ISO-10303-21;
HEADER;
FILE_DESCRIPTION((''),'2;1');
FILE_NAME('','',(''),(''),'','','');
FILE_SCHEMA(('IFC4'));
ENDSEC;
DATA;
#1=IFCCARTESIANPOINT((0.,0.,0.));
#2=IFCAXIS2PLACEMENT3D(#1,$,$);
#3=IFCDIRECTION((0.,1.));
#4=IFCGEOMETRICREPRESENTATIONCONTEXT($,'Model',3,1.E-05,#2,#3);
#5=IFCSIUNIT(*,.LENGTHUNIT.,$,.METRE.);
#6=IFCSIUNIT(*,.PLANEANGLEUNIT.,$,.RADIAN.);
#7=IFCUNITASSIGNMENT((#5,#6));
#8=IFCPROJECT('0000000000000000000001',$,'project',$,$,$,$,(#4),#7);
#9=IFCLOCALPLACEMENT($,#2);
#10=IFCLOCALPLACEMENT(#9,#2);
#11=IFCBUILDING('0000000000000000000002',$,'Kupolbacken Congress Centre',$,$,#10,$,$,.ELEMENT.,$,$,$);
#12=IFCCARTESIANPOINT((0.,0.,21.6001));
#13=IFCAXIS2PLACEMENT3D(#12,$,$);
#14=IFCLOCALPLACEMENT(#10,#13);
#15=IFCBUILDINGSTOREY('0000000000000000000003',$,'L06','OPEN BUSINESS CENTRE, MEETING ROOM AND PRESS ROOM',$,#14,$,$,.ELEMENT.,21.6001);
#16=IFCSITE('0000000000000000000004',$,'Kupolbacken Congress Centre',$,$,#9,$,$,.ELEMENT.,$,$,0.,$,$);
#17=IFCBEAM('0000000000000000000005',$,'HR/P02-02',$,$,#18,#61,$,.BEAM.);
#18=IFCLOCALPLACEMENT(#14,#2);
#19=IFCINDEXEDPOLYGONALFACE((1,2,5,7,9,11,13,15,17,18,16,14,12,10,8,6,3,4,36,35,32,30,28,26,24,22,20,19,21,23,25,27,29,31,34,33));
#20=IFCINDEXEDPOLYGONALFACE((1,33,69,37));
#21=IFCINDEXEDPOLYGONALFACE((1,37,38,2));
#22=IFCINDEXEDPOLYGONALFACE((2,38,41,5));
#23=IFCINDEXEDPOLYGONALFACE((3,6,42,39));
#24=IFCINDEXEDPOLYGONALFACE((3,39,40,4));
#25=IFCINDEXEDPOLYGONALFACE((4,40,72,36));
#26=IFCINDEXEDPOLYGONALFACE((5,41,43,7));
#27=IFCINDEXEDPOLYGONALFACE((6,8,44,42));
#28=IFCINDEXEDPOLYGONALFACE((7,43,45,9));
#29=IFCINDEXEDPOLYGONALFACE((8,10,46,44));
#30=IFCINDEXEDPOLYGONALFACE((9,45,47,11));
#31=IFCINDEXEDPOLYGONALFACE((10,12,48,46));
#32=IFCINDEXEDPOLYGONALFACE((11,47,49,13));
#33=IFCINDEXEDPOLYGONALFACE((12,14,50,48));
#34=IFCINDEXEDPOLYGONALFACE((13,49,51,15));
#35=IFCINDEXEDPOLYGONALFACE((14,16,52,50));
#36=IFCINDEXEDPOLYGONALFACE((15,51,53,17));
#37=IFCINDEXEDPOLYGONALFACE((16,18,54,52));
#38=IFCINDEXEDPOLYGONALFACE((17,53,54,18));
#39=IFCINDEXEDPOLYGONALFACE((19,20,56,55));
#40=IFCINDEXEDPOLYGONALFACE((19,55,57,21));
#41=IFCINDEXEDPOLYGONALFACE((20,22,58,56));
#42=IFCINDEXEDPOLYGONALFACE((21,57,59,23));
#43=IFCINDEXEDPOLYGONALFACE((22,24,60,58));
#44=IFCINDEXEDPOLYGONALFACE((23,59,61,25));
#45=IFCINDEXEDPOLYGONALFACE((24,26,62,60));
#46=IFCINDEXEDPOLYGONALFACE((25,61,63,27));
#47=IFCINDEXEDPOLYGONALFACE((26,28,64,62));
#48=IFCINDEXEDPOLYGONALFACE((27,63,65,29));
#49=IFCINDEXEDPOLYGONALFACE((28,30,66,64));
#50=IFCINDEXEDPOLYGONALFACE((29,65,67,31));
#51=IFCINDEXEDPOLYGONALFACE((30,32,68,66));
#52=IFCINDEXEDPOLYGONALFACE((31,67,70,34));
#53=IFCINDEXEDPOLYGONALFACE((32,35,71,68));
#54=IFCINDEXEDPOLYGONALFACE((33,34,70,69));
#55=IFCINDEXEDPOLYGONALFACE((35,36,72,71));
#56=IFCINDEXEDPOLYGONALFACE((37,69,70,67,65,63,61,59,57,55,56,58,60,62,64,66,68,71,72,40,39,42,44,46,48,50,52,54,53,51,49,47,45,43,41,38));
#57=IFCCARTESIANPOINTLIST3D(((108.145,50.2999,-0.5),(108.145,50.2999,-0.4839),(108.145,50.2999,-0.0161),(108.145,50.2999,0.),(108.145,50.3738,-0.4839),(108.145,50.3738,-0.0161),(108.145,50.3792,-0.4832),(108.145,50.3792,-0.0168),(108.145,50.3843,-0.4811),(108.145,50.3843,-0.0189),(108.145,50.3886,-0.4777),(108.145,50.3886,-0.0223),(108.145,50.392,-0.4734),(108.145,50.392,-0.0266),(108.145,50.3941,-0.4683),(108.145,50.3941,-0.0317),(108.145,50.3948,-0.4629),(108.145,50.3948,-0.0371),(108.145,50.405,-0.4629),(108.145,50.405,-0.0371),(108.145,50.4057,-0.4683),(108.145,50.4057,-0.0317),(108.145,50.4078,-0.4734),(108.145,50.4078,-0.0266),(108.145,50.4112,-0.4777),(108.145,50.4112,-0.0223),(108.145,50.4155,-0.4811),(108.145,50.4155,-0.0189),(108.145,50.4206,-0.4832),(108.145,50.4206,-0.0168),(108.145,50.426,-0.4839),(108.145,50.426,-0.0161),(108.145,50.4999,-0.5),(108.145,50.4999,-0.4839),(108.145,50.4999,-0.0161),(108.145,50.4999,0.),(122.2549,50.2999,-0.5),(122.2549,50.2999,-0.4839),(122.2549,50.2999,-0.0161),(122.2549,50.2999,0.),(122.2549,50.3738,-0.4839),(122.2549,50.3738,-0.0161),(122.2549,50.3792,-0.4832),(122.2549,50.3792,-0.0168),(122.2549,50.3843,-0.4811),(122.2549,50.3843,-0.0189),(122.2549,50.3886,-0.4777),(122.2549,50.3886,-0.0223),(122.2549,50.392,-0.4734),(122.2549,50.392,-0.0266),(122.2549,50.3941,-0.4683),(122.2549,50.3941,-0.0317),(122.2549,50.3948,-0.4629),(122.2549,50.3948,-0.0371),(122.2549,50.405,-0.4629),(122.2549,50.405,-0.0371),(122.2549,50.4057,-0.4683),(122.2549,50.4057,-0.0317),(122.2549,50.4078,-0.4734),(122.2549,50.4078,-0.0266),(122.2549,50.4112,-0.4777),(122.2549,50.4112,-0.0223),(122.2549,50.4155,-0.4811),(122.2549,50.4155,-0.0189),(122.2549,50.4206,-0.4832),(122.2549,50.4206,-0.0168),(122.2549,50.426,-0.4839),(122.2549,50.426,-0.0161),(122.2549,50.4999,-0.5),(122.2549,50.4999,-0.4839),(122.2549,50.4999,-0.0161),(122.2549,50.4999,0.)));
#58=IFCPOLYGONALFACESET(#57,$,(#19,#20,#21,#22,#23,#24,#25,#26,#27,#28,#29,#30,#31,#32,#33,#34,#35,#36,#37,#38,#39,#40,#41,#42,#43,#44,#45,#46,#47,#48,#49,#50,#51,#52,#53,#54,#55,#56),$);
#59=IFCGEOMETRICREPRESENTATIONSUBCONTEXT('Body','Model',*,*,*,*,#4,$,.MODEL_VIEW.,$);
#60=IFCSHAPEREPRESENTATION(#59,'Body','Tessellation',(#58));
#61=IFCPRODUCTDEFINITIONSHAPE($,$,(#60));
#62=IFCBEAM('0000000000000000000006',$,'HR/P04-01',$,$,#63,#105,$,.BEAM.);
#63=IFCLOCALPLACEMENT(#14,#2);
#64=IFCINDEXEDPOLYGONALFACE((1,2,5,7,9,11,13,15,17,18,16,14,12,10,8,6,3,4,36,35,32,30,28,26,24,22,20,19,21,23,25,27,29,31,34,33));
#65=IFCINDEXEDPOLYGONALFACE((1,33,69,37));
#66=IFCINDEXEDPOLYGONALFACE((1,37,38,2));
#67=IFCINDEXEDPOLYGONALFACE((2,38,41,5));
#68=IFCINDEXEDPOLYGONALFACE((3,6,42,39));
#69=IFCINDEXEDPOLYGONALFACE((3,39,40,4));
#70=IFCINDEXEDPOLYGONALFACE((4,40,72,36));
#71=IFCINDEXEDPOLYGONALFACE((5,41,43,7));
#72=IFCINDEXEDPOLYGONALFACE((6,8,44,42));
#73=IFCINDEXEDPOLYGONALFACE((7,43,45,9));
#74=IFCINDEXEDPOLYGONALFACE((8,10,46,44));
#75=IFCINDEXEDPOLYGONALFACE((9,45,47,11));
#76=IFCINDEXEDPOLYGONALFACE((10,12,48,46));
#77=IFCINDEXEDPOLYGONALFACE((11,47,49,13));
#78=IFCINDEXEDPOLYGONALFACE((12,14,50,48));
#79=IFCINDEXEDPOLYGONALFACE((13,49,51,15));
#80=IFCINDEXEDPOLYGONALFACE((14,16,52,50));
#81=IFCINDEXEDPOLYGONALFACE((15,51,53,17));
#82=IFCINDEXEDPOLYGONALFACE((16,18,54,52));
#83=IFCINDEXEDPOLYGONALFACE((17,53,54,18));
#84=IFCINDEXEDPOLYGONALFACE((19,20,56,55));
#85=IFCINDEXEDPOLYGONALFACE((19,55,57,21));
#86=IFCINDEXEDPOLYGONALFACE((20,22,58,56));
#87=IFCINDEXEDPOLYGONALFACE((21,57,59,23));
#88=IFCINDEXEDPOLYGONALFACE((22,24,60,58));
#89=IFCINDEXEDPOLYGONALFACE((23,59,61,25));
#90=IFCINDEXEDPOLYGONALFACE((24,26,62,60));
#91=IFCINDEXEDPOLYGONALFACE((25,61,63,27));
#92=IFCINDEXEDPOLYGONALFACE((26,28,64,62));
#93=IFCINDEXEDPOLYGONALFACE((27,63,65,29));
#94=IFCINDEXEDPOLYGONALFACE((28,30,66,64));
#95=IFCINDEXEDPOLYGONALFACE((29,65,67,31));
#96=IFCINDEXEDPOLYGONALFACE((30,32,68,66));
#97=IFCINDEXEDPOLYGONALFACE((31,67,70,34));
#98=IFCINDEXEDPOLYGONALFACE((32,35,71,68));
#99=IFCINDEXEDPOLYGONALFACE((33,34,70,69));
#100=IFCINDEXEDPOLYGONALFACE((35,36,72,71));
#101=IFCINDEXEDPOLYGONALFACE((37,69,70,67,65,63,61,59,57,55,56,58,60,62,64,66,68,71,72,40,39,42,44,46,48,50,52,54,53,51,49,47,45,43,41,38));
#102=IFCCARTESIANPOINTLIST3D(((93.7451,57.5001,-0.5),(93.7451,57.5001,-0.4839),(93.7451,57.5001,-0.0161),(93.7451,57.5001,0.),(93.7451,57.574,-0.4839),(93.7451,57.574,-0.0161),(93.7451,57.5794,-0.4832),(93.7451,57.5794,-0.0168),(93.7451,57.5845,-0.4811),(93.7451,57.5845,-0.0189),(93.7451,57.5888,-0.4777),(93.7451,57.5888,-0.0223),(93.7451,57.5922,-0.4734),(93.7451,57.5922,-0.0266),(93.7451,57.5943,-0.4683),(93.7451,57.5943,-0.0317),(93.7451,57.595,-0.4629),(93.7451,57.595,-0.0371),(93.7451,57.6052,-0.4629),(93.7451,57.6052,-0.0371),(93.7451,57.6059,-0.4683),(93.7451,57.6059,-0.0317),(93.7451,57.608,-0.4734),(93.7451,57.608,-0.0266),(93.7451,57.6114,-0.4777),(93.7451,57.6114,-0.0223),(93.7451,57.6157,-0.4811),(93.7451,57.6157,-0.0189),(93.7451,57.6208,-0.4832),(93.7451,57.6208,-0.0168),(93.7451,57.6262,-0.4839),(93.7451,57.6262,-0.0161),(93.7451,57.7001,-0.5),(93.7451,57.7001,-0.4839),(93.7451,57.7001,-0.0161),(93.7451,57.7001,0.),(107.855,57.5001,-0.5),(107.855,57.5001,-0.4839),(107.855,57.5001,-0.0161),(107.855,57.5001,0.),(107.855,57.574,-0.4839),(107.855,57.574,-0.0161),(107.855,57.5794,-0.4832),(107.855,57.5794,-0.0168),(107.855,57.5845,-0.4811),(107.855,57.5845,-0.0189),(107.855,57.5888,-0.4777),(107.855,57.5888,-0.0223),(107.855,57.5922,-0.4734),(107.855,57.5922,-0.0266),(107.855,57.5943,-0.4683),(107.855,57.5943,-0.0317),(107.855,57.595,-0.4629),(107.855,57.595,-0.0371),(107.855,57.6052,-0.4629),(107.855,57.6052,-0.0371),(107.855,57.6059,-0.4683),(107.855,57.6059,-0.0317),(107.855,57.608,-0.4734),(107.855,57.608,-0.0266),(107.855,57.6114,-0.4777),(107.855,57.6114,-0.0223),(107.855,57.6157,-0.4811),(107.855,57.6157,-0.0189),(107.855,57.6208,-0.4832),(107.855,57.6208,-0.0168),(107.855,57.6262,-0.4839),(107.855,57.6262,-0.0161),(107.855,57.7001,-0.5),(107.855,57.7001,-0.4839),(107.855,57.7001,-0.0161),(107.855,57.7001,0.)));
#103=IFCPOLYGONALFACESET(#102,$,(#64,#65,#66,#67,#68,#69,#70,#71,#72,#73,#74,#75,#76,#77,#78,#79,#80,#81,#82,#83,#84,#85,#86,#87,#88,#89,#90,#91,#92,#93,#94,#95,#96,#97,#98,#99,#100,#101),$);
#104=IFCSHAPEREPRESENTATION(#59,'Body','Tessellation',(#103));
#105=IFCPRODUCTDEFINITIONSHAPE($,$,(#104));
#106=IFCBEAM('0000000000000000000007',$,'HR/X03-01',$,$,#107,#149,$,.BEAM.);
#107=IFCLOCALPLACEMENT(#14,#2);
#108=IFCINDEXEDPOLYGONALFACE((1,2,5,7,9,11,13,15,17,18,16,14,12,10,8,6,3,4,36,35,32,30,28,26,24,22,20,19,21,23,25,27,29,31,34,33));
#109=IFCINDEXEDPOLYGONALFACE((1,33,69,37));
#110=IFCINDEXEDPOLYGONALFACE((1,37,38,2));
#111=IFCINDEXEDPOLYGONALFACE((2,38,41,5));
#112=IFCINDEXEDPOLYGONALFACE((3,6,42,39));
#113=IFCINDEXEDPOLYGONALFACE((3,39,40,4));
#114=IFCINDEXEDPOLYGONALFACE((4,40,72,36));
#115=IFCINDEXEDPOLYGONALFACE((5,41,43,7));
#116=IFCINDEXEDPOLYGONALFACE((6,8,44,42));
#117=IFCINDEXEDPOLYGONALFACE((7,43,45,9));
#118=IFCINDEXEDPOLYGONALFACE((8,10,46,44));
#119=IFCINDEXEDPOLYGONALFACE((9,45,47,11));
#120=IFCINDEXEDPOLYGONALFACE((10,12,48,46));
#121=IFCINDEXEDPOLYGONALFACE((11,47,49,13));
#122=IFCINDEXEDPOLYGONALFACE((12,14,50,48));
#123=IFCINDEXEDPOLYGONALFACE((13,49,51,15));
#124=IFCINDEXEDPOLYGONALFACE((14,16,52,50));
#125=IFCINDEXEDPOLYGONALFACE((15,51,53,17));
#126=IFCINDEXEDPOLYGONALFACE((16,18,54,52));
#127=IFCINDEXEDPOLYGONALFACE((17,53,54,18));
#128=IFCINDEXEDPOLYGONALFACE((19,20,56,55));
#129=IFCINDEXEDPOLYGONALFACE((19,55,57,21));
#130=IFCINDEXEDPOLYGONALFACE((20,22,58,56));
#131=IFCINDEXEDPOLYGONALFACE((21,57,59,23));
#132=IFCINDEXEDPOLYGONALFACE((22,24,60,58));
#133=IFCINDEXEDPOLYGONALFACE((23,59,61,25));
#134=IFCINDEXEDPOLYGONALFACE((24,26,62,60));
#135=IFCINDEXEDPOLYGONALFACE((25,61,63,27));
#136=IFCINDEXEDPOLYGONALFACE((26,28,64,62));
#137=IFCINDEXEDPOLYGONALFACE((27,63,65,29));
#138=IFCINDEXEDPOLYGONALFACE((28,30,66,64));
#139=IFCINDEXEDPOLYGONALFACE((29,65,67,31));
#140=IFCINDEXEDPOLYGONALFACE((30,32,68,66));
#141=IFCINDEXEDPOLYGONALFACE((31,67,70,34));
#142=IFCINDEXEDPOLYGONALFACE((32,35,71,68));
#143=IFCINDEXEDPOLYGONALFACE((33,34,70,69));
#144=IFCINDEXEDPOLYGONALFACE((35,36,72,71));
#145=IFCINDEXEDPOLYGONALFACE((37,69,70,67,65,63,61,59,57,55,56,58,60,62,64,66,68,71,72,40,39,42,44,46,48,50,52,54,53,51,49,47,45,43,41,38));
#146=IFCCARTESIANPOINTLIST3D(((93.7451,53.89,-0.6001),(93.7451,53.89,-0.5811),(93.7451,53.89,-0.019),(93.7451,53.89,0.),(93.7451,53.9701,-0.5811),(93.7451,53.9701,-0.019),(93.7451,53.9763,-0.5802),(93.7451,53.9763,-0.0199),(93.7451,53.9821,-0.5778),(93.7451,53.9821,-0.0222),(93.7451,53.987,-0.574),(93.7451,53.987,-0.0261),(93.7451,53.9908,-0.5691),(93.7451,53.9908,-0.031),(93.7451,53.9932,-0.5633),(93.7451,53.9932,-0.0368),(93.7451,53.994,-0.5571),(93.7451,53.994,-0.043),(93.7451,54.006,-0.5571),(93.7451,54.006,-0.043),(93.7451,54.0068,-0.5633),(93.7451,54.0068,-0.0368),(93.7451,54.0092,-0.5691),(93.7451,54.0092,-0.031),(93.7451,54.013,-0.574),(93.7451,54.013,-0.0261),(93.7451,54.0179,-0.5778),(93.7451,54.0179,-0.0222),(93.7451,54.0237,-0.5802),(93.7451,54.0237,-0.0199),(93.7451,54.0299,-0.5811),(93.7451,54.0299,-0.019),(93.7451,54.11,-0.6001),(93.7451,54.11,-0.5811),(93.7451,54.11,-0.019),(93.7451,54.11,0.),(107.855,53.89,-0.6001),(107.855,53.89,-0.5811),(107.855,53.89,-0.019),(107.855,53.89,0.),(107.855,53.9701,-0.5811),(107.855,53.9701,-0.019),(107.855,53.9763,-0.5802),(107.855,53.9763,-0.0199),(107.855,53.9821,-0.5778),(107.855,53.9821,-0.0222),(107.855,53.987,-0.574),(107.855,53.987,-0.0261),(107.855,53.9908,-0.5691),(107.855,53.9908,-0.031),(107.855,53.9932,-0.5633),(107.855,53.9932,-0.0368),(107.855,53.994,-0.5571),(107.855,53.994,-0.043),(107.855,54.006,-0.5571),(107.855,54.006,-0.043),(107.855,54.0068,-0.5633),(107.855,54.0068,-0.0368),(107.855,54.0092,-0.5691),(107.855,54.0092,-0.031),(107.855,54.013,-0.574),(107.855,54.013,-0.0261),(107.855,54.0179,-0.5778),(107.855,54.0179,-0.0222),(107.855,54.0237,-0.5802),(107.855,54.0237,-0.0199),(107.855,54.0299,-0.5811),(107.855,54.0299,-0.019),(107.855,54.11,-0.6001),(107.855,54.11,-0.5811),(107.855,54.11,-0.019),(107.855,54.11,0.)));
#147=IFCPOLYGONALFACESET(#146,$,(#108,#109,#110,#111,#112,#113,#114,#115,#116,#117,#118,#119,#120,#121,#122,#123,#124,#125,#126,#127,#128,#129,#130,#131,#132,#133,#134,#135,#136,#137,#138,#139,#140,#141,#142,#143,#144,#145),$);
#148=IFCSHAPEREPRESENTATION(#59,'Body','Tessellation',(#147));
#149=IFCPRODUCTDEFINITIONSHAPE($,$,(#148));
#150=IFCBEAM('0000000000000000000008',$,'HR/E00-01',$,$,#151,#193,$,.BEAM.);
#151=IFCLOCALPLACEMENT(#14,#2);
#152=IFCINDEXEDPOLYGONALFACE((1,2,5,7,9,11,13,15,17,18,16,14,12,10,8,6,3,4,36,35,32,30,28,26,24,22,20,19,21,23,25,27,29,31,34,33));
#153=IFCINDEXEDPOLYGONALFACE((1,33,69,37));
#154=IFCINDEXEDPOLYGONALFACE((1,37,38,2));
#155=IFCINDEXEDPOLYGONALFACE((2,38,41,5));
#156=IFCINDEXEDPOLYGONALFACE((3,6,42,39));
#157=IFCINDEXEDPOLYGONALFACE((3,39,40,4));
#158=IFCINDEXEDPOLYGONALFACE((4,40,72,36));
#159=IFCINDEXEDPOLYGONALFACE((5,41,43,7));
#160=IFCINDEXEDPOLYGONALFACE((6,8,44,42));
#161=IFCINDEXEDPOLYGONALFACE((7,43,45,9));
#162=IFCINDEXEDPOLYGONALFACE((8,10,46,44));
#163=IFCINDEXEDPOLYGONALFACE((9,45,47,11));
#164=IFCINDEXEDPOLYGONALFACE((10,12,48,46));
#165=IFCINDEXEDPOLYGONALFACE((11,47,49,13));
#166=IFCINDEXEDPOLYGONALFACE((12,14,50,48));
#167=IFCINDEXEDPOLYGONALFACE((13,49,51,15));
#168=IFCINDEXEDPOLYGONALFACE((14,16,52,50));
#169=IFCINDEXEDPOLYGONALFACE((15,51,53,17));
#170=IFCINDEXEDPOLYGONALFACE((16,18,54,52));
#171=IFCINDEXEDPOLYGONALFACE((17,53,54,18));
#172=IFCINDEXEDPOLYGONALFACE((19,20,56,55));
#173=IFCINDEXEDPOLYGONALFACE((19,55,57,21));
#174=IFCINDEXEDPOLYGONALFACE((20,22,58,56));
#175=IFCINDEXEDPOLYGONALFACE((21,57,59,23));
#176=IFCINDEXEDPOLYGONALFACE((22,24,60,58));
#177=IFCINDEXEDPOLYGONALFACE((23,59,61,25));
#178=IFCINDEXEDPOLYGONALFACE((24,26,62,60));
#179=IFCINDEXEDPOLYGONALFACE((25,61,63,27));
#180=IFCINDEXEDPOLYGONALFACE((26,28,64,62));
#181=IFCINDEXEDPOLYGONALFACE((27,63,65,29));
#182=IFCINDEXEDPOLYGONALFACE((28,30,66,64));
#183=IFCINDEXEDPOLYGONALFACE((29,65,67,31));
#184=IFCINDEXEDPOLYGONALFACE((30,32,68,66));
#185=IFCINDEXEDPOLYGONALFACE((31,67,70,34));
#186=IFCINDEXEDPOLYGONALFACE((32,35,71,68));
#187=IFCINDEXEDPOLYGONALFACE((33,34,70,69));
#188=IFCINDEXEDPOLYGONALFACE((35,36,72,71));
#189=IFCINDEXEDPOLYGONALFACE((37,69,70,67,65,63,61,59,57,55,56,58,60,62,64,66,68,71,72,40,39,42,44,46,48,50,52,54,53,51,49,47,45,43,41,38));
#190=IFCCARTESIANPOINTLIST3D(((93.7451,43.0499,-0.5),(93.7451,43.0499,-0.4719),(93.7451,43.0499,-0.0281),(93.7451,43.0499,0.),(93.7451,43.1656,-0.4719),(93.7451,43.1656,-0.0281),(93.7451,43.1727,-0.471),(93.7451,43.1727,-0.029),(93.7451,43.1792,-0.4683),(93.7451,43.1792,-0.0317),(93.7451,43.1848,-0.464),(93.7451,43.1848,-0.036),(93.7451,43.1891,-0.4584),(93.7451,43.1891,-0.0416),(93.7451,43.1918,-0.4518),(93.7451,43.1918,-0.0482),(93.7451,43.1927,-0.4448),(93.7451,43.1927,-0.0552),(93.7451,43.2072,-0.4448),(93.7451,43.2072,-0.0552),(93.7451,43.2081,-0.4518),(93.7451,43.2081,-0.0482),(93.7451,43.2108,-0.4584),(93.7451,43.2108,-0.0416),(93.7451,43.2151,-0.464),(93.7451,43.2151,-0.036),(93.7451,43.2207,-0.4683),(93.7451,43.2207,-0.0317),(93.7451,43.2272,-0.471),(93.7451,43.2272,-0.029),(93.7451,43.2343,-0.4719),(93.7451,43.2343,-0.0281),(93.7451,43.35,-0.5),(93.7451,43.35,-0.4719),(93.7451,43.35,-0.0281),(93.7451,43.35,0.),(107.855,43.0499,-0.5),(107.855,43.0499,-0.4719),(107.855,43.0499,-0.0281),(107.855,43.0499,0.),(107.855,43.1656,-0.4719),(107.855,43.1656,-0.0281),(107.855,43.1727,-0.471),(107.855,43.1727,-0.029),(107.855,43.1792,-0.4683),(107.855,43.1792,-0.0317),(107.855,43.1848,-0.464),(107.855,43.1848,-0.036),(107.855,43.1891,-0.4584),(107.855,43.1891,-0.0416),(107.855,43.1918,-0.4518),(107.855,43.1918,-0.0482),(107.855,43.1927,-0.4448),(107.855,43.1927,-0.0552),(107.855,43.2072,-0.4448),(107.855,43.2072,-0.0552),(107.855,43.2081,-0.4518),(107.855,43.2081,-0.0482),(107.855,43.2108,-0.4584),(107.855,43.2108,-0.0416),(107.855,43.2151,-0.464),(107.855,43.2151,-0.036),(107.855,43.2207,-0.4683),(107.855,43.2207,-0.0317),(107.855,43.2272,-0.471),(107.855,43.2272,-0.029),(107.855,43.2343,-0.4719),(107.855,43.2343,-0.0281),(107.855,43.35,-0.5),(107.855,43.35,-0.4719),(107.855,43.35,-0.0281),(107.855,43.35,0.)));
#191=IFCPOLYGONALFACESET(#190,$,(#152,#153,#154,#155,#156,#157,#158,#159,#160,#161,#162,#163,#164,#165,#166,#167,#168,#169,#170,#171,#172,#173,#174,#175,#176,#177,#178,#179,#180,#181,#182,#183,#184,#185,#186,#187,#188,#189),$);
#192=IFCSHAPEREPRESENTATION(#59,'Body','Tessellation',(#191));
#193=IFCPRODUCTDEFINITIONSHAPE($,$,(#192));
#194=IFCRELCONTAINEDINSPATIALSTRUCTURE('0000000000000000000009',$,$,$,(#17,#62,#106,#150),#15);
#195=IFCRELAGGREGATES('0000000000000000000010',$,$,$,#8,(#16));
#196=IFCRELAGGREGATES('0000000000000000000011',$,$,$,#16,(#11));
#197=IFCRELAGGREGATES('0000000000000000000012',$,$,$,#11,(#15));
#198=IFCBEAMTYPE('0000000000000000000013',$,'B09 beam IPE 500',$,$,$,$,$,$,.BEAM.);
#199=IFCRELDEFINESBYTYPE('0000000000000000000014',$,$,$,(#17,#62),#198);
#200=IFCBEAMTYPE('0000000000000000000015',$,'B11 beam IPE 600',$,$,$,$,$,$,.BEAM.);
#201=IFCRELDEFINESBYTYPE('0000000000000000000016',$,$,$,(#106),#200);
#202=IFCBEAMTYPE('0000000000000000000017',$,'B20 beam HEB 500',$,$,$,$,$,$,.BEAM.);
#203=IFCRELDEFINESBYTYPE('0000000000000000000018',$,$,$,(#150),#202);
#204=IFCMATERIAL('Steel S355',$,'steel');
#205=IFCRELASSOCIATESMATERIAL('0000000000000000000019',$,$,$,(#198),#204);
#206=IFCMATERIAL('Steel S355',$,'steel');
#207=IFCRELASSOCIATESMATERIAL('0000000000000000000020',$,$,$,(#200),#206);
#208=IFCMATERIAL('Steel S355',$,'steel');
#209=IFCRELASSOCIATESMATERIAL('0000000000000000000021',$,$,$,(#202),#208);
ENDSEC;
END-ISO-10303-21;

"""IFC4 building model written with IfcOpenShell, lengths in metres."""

from ifc_helpers import new_model, si_unit, direction, frame, origin, origin_2d, place, context, subcontext, project, spatial, i_section, extrude, material, material_profile, profile_set, type_object, element, save


model = new_model("IFC4")

# Units and contexts
model_context = context("Model", 3, precision=1e-05, world=origin(), true_north=direction((0.0, 1.0)))
body_context = subcontext(model_context, "Body", "Model", "MODEL_VIEW")
ifc_project = project(units=[si_unit("LENGTHUNIT", "METRE"), si_unit("PLANEANGLEUNIT", "RADIAN")], contexts=[model_context])

# Site, building, storey
site_placement = place(None, origin())
site = spatial("IfcSite", under=ifc_project, at=site_placement, Name="Kupolbacken Congress Centre", CompositionType="ELEMENT", RefElevation=0.0)
building_placement = place(site_placement, origin())
building = spatial("IfcBuilding", under=site, at=building_placement, Name="Kupolbacken Congress Centre", CompositionType="ELEMENT")
storey_placement = place(building_placement, frame((0.0, 0.0, 21.6001)))
storey = spatial("IfcBuildingStorey", under=building, at=storey_placement, Name="L06", Description="OPEN BUSINESS CENTRE, MEETING ROOM AND PRESS ROOM", CompositionType="ELEMENT", Elevation=21.6001)

# Beams
ifc_material_1 = material(Name="Steel S355", Category="steel")
ifc_material_profile_1 = material_profile(ifc_material_1, i_section(OverallWidth=0.2, OverallDepth=0.5, WebThickness=0.0103, FlangeThickness=0.0161, FilletRadius=0.021, at=origin_2d()), Name="IPE 500")
ifc_profile_set_1 = profile_set([ifc_material_profile_1], Name="Steel S355")
beam_type_1 = type_object("IfcBeamType", Name="B09 beam IPE 500", PredefinedType="BEAM", material=ifc_profile_set_1)
for number, where, z_axis, x_axis, name in (
    (1, (108.145, 50.3999, -0.25), (1.0, 0.0, 0.0), (0.0, 1.0, 0.0), "HR/P02-02"),
    (2, (93.7451, 57.6001, -0.25), (1.0, 0.0, 0.0), (0.0, 1.0, 0.0), "HR/P04-01"),
):
    element("IfcBeam", number, at=place(storey_placement, frame(where, z_axis=z_axis, x_axis=x_axis)), inside=storey, type_object=beam_type_1, Name=name, PredefinedType="BEAM", context=body_context, shape_type="SweptSolid", body=[
        extrude(i_section(OverallWidth=0.2, OverallDepth=0.5, WebThickness=0.0103, FlangeThickness=0.0161, FilletRadius=0.021, at=origin_2d()), origin(), (0.0, 0.0, 1.0), 14.1099),
    ])
ifc_material_2 = material(Name="Steel S355", Category="steel")
ifc_material_profile_2 = material_profile(ifc_material_2, i_section(OverallWidth=0.22, OverallDepth=0.6001, WebThickness=0.012, FlangeThickness=0.019, FilletRadius=0.0239, at=origin_2d()), Name="IPE 600")
ifc_profile_set_2 = profile_set([ifc_material_profile_2], Name="Steel S355")
beam_type_2 = type_object("IfcBeamType", Name="B11 beam IPE 600", PredefinedType="BEAM", material=ifc_profile_set_2)
beam_1_placement = place(storey_placement, frame((93.7451, 54.0, -0.3), z_axis=(1.0, 0.0, 0.0), x_axis=(0.0, 1.0, 0.0)))
element("IfcBeam", 3, at=beam_1_placement, inside=storey, type_object=beam_type_2, Name="HR/X03-01", PredefinedType="BEAM", context=body_context, shape_type="SweptSolid", body=[
    extrude(i_section(OverallWidth=0.22, OverallDepth=0.6001, WebThickness=0.012, FlangeThickness=0.019, FilletRadius=0.0239, at=origin_2d()), origin(), (0.0, 0.0, 1.0), 14.1099),
])
ifc_material_3 = material(Name="Steel S355", Category="steel")
ifc_material_profile_3 = material_profile(ifc_material_3, i_section(OverallWidth=0.3, OverallDepth=0.5, WebThickness=0.0144, FlangeThickness=0.0281, FilletRadius=0.0271, at=origin_2d()), Name="HEB 500")
ifc_profile_set_3 = profile_set([ifc_material_profile_3], Name="Steel S355")
beam_type_3 = type_object("IfcBeamType", Name="B20 beam HEB 500", PredefinedType="BEAM", material=ifc_profile_set_3)
for number, where, z_axis, x_axis, name in (
    (4, (93.7451, 43.2, -0.25), (1.0, 0.0, 0.0), (0.0, 1.0, 0.0), "HR/E00-01"),
):
    element("IfcBeam", number, at=place(storey_placement, frame(where, z_axis=z_axis, x_axis=x_axis)), inside=storey, type_object=beam_type_3, Name=name, PredefinedType="BEAM", context=body_context, shape_type="SweptSolid", body=[
        extrude(i_section(OverallWidth=0.3, OverallDepth=0.5, WebThickness=0.0144, FlangeThickness=0.0281, FilletRadius=0.0271, at=origin_2d()), origin(), (0.0, 0.0, 1.0), 14.1099),
    ])

save(model, "model.ifc")
